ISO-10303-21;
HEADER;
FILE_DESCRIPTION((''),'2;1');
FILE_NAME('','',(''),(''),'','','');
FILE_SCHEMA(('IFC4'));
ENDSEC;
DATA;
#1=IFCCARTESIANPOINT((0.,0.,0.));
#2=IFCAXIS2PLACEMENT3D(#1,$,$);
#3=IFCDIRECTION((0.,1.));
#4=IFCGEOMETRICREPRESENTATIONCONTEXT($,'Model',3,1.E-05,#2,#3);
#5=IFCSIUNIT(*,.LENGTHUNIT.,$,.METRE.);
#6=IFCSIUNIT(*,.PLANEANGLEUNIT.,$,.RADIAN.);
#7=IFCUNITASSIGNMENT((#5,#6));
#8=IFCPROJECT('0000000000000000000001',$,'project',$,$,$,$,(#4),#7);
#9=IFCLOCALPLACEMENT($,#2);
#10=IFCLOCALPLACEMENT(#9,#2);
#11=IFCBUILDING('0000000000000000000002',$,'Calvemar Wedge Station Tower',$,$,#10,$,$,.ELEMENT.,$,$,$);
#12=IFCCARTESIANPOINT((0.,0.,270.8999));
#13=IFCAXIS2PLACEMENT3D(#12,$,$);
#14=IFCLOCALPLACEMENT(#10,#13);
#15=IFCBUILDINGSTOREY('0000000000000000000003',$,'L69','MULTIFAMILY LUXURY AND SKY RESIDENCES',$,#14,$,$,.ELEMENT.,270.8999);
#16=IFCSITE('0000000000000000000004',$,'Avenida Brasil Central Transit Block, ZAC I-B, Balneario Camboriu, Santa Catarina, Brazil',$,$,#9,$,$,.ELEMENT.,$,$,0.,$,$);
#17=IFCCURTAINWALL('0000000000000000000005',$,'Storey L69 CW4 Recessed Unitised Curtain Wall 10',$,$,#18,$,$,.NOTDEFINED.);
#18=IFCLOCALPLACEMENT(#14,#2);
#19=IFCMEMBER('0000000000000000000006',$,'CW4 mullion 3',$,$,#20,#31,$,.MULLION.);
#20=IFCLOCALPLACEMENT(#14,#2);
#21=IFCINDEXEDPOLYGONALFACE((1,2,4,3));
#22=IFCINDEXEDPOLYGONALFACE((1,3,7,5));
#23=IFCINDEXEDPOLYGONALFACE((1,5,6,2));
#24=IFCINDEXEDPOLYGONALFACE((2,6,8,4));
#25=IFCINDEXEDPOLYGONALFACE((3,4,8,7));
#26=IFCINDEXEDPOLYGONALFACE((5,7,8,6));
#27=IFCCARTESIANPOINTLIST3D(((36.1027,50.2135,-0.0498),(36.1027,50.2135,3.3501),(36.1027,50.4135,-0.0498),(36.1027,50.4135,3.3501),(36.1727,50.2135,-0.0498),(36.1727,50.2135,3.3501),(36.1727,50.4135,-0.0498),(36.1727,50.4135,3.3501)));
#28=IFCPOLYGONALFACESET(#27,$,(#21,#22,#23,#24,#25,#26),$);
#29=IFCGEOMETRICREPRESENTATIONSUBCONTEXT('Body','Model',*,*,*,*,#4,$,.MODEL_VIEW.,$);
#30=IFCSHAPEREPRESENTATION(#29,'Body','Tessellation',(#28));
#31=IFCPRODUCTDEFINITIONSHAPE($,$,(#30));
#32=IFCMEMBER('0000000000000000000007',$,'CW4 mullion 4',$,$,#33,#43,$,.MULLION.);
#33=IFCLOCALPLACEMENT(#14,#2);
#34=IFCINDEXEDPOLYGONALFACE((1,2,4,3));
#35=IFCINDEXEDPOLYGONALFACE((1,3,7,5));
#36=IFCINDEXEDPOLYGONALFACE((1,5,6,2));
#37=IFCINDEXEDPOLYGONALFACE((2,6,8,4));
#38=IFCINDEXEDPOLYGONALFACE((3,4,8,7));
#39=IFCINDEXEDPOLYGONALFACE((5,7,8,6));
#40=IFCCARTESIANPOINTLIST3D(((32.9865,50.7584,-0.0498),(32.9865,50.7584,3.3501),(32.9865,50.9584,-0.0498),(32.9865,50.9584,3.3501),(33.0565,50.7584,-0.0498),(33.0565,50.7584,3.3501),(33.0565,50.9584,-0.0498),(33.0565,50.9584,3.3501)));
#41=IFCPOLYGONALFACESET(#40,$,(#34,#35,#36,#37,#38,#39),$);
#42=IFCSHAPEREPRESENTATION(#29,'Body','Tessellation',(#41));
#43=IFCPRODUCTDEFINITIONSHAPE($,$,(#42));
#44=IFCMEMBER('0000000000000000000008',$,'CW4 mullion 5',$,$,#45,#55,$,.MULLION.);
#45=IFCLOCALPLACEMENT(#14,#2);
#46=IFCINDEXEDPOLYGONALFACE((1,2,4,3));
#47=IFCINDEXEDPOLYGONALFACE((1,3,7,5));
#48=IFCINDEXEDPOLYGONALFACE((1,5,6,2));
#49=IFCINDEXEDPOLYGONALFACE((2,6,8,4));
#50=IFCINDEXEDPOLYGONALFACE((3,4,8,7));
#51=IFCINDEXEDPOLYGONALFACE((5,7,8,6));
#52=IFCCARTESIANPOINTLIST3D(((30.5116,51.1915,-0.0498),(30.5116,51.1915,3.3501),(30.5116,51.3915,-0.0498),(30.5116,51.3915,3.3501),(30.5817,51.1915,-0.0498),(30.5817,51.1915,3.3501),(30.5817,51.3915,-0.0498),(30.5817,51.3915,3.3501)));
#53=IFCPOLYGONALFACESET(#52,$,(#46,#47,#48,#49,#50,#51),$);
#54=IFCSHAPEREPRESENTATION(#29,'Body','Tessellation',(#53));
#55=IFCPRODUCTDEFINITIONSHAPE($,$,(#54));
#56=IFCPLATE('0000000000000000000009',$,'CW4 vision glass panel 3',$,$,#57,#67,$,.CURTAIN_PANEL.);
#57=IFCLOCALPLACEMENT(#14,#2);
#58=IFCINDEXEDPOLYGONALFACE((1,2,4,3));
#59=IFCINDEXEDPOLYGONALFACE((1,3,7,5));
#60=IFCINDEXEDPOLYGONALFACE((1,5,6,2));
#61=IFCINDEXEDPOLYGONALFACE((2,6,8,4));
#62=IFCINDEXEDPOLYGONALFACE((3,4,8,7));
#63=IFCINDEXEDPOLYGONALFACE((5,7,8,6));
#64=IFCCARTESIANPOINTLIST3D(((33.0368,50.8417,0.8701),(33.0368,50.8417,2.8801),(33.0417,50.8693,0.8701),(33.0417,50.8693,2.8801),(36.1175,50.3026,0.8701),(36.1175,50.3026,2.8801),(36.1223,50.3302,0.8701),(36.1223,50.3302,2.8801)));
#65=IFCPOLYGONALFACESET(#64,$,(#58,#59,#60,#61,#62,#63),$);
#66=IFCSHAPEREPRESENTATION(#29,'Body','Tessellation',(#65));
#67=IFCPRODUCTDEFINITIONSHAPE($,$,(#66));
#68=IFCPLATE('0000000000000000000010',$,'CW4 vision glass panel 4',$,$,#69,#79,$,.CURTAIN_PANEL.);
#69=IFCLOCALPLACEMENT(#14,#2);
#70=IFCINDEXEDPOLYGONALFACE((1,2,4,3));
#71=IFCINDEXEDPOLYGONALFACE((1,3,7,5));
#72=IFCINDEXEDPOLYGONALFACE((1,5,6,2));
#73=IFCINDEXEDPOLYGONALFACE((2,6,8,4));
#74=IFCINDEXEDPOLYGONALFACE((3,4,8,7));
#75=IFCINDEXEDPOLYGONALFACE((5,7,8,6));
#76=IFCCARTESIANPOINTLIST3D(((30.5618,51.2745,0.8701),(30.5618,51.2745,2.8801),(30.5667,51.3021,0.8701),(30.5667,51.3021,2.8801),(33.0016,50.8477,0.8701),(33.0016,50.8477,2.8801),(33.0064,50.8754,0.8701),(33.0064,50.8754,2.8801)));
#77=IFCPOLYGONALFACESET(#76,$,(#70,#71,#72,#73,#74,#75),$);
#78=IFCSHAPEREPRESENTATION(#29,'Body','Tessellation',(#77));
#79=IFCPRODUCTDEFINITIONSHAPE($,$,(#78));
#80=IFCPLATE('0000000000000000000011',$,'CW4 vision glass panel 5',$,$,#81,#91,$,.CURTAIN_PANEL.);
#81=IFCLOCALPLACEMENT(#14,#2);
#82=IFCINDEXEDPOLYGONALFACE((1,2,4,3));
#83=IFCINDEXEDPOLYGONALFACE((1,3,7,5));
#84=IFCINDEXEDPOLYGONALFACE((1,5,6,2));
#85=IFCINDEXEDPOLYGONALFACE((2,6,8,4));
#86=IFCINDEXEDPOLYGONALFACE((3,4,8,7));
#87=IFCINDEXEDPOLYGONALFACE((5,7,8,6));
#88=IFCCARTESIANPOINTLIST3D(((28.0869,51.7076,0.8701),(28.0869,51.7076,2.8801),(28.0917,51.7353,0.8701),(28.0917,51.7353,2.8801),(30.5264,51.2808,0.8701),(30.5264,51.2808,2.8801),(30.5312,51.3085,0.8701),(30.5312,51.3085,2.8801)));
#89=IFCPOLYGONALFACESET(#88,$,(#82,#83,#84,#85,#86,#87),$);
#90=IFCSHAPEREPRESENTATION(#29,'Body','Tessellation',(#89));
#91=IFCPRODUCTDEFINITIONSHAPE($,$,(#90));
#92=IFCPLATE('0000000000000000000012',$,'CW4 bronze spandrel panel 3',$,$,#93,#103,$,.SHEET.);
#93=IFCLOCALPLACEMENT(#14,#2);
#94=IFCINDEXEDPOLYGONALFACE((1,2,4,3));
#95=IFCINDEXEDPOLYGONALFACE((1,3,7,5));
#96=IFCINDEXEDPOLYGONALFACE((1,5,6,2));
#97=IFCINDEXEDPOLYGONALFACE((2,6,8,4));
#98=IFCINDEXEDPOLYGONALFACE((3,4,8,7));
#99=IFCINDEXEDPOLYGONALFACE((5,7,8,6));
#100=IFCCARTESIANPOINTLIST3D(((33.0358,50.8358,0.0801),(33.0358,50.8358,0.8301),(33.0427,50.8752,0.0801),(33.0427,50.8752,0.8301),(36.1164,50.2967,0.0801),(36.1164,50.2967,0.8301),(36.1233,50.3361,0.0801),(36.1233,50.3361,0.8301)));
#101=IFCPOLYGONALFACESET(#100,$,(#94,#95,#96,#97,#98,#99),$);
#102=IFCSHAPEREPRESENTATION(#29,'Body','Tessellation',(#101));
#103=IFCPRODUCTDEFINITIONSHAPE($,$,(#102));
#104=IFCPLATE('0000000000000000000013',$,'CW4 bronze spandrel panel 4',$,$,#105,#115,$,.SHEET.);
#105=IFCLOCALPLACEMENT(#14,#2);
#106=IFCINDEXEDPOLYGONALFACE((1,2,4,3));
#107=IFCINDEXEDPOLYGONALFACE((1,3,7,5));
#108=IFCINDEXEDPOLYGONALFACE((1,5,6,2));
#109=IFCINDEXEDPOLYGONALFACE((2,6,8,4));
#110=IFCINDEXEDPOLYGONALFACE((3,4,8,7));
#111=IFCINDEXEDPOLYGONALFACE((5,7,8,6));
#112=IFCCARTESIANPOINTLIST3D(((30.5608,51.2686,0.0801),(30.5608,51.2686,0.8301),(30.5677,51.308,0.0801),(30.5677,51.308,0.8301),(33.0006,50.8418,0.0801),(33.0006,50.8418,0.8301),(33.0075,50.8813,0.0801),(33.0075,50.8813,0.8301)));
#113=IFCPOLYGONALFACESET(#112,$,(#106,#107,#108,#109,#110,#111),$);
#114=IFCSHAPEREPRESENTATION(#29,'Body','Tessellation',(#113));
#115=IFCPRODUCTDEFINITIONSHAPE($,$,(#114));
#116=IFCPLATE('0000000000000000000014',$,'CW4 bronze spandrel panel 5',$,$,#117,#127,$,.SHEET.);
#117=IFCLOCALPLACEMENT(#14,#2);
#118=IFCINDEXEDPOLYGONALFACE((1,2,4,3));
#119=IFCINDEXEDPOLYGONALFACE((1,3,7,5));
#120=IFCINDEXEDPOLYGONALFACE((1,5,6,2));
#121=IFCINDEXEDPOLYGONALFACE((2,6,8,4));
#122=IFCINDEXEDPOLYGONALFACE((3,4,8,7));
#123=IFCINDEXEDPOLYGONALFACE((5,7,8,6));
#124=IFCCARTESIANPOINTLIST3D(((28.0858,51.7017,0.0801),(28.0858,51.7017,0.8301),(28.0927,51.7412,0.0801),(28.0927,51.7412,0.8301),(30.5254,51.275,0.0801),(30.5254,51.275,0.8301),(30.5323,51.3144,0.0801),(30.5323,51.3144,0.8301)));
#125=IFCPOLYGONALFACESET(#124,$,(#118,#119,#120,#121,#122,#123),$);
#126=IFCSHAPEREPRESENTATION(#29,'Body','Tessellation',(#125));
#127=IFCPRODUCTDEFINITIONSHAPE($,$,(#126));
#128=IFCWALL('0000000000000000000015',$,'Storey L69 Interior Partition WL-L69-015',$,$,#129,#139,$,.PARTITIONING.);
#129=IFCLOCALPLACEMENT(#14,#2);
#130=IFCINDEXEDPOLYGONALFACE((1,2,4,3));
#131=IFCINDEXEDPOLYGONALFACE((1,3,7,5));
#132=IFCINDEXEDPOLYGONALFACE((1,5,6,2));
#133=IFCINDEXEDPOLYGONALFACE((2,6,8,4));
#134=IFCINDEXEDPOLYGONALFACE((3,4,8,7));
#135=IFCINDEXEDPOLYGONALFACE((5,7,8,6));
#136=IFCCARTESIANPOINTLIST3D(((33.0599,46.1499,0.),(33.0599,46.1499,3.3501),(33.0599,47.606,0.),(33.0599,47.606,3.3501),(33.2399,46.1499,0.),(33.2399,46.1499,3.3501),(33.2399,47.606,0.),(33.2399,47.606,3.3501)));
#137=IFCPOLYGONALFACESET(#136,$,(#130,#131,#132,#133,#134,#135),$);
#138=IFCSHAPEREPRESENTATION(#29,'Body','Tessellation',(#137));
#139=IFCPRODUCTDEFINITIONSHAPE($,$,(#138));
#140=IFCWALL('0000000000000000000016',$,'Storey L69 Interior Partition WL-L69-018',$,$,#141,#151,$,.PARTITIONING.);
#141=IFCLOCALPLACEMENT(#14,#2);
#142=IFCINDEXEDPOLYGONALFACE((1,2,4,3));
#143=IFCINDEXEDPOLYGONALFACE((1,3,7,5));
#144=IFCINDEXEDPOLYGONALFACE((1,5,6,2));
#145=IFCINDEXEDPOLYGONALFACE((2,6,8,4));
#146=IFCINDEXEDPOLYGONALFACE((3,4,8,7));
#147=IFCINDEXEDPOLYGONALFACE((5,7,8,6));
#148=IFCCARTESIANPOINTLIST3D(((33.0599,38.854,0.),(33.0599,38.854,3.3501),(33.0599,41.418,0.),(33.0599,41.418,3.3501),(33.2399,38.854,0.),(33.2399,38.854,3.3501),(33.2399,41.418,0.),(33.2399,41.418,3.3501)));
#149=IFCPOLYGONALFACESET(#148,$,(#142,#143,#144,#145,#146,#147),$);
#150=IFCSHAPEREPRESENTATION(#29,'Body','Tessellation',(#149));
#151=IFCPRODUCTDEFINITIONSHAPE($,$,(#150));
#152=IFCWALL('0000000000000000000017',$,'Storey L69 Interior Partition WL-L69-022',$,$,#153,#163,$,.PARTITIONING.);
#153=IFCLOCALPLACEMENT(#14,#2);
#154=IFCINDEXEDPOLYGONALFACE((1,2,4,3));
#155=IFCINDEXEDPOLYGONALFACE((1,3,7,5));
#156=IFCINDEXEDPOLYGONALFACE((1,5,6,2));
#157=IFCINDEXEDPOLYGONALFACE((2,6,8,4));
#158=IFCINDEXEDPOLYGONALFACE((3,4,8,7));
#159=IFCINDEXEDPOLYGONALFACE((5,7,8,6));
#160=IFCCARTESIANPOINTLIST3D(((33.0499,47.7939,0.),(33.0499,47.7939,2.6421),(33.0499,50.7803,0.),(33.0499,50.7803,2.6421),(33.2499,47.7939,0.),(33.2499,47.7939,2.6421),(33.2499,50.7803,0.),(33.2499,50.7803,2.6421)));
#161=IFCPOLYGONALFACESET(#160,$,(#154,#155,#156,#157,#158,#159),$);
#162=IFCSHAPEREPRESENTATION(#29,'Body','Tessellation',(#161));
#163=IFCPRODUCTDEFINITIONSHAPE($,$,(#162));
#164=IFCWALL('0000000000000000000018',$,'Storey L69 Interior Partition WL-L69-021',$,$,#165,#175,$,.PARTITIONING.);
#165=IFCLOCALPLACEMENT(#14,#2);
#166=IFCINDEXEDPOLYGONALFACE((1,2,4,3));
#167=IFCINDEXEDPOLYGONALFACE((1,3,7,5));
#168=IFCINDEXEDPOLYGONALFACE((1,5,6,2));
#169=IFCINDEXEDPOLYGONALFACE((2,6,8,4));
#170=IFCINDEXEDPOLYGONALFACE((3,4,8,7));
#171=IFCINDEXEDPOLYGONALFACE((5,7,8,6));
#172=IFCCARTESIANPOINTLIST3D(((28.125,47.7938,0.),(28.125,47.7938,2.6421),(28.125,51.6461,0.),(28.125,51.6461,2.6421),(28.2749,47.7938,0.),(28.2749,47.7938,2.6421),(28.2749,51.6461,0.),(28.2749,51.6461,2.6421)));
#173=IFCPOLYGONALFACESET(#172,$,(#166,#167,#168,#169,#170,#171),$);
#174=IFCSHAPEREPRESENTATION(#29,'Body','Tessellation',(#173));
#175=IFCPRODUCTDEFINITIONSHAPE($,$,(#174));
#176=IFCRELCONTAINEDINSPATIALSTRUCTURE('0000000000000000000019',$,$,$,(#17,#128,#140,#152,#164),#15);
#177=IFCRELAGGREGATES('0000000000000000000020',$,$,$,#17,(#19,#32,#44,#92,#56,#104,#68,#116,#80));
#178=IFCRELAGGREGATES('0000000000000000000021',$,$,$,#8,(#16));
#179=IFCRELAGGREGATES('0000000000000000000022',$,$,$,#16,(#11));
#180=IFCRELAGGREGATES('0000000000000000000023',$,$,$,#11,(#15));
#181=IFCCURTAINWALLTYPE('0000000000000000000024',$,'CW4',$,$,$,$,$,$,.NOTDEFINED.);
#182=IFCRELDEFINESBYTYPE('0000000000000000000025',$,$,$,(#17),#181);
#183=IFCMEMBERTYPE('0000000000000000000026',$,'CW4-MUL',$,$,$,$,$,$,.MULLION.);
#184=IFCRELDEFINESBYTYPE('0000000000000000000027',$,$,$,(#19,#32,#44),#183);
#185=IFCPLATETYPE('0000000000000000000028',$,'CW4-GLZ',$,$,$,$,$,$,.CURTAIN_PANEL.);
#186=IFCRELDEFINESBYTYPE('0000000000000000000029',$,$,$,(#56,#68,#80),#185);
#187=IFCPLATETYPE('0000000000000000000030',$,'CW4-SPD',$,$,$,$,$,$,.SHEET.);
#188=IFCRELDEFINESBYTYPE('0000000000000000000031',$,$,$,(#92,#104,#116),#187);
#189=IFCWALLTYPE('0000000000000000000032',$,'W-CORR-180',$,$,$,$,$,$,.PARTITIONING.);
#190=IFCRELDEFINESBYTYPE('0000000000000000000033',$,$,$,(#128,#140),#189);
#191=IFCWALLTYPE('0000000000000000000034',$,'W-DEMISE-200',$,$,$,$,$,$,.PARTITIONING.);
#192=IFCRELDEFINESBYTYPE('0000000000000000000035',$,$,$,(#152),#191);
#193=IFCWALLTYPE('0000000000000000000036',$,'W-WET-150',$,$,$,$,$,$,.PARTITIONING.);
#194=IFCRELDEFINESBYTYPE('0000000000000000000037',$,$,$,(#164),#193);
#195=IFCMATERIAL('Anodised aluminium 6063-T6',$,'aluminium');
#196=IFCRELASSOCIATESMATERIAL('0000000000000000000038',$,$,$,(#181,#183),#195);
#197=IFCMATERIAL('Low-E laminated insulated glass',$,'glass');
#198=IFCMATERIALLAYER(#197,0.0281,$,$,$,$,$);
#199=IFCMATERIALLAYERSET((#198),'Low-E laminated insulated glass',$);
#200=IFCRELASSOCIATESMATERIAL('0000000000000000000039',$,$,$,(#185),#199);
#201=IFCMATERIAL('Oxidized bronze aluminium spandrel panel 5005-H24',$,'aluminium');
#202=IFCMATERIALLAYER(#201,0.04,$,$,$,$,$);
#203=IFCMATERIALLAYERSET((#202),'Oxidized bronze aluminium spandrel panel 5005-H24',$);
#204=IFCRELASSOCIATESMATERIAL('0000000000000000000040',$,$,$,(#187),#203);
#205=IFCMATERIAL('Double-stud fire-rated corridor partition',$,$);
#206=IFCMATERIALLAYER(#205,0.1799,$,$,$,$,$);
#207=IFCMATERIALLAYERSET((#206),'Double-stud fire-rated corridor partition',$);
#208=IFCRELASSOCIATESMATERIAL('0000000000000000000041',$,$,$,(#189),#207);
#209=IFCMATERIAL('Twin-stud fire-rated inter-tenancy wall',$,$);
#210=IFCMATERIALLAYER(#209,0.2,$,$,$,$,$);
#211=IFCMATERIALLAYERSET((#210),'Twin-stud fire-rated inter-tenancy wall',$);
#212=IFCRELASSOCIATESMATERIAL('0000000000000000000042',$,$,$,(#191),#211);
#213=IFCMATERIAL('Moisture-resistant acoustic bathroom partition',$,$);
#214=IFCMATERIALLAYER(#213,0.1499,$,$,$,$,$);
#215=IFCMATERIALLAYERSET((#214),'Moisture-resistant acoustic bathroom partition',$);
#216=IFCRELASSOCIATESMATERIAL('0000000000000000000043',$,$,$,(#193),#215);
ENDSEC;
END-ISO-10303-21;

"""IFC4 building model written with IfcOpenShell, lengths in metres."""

from ifc_helpers import new_model, si_unit, direction, frame, frame_2d, origin, origin_2d, place, context, subcontext, project, spatial, rectangle, extrude, source, transform, mapped, material, layer, layer_set, material_profile, profile_set, type_object, element, aggregate, save


model = new_model("IFC4")

# Units and contexts
model_context = context("Model", 3, precision=1e-05, world=origin(), true_north=direction((0.0, 1.0)))
body_context = subcontext(model_context, "Body", "Model", "MODEL_VIEW")
ifc_project = project(units=[si_unit("LENGTHUNIT", "METRE"), si_unit("PLANEANGLEUNIT", "RADIAN")], contexts=[model_context])

# Site, building, storey
site_placement = place(None, origin())
site = spatial("IfcSite", under=ifc_project, at=site_placement, Name="Avenida Brasil Central Transit Block, ZAC I-B, Balneario Camboriu, Santa Catarina, Brazil", CompositionType="ELEMENT", RefElevation=0.0)
building_placement = place(site_placement, origin())
building = spatial("IfcBuilding", under=site, at=building_placement, Name="Calvemar Wedge Station Tower", CompositionType="ELEMENT")
storey_placement = place(building_placement, frame((0.0, 0.0, 270.8999)))
storey = spatial("IfcBuildingStorey", under=building, at=storey_placement, Name="L69", Description="MULTIFAMILY LUXURY AND SKY RESIDENCES", CompositionType="ELEMENT", Elevation=270.8999)

# Curtain wall, members, plates
ifc_material_1 = material(Name="Anodised aluminium 6063-T6", Category="aluminium")
curtain_wall_type = type_object("IfcCurtainWallType", Name="CW4", PredefinedType="NOTDEFINED", material=ifc_material_1)
curtain_wall_placement = place(storey_placement, origin())
curtain_wall = element("IfcCurtainWall", 1, at=curtain_wall_placement, inside=storey, type_object=curtain_wall_type, Name="Storey L69 CW4 Recessed Unitised Curtain Wall 10", PredefinedType="NOTDEFINED")
ifc_material_profile_1 = material_profile(ifc_material_1, rectangle(XDim=0.0701, YDim=0.2, at=origin_2d()), Name="AL-MUL-70x200")
ifc_profile_set_1 = profile_set([ifc_material_profile_1], Name="Anodised aluminium 6063-T6")
member_type = type_object("IfcMemberType", Name="CW4-MUL", PredefinedType="MULLION", material=ifc_profile_set_1)
shared_shape_1 = source(origin(), body_context, "Body", "SweptSolid", [
    extrude(rectangle(XDim=0.0701, YDim=0.2, at=origin_2d()), origin(), (0.0, 0.0, 1.0), 3.3999),
])
member_1_placement = place(storey_placement, frame((36.1377, 50.3135, -0.0498), z_axis=(0.0, 0.0, 1.0), x_axis=(1.0, 0.0, 0.0)))
member_1 = element("IfcMember", 2, at=member_1_placement, type_object=member_type, Name="CW4 mullion 3", PredefinedType="MULLION", context=body_context, shape_type="MappedRepresentation", body=[
    mapped(shared_shape_1, transform((0.0, 0.0, 0.0), scale=1.0)),
])
member_2_placement = place(storey_placement, frame((33.0215, 50.8584, -0.0498), z_axis=(0.0, 0.0, 1.0), x_axis=(1.0, 0.0, 0.0)))
member_2 = element("IfcMember", 3, at=member_2_placement, type_object=member_type, Name="CW4 mullion 4", PredefinedType="MULLION", context=body_context, shape_type="MappedRepresentation", body=[
    mapped(shared_shape_1, transform((0.0, 0.0, 0.0), scale=1.0)),
])
member_3_placement = place(storey_placement, frame((30.5466, 51.2915, -0.0498), z_axis=(0.0, 0.0, 1.0), x_axis=(1.0, 0.0, 0.0)))
member_3 = element("IfcMember", 4, at=member_3_placement, type_object=member_type, Name="CW4 mullion 5", PredefinedType="MULLION", context=body_context, shape_type="MappedRepresentation", body=[
    mapped(shared_shape_1, transform((0.0, 0.0, 0.0), scale=1.0)),
])
ifc_material_2 = material(Name="Low-E laminated insulated glass", Category="glass")
ifc_layer_1 = layer(ifc_material_2, 0.0281)
ifc_layer_set_1 = layer_set([ifc_layer_1], Name="Low-E laminated insulated glass")
plate_type_1 = type_object("IfcPlateType", Name="CW4-GLZ", PredefinedType="CURTAIN_PANEL", material=ifc_layer_set_1)
plate_1_placement = place(storey_placement, frame((36.1199, 50.3164, 0.8701), z_axis=(0.0, 0.0, 1.0), x_axis=(-0.985032, 0.172369, 0.0)))
plate_1 = element("IfcPlate", 5, at=plate_1_placement, type_object=plate_type_1, Name="CW4 vision glass panel 3", PredefinedType="CURTAIN_PANEL", context=body_context, shape_type="SweptSolid", body=[
    extrude(rectangle(XDim=3.1274, YDim=0.0281, at=frame_2d((1.5637, 0.0))), origin(), (0.0, 0.0, 1.0), 2.01),
])
plate_2_placement = place(storey_placement, frame((33.0039, 50.8616, 0.8701), z_axis=(0.0, 0.0, 1.0), x_axis=(-0.985043, 0.172306, 0.0)))
plate_2 = element("IfcPlate", 6, at=plate_2_placement, type_object=plate_type_1, Name="CW4 vision glass panel 4", PredefinedType="CURTAIN_PANEL", context=body_context, shape_type="SweptSolid", body=[
    extrude(rectangle(XDim=2.4768, YDim=0.0281, at=frame_2d((1.2383, 0.0))), origin(), (0.0, 0.0, 1.0), 2.01),
])
plate_3_placement = place(storey_placement, frame((30.5288, 51.2947, 0.8701), z_axis=(0.0, 0.0, 1.0), x_axis=(-0.985041, 0.172323, 0.0)))
plate_3 = element("IfcPlate", 7, at=plate_3_placement, type_object=plate_type_1, Name="CW4 vision glass panel 5", PredefinedType="CURTAIN_PANEL", context=body_context, shape_type="SweptSolid", body=[
    extrude(rectangle(XDim=2.4766, YDim=0.0281, at=frame_2d((1.2383, 0.0))), origin(), (0.0, 0.0, 1.0), 2.01),
])
ifc_material_3 = material(Name="Oxidized bronze aluminium spandrel panel 5005-H24", Category="aluminium")
ifc_layer_2 = layer(ifc_material_3, 0.04)
ifc_layer_set_2 = layer_set([ifc_layer_2], Name="Oxidized bronze aluminium spandrel panel 5005-H24")
plate_type_2 = type_object("IfcPlateType", Name="CW4-SPD", PredefinedType="SHEET", material=ifc_layer_set_2)
plate_4_placement = place(storey_placement, frame((36.1199, 50.3164, 0.0801), z_axis=(0.0, 0.0, 1.0), x_axis=(-0.985032, 0.172369, 0.0)))
plate_4 = element("IfcPlate", 8, at=plate_4_placement, type_object=plate_type_2, Name="CW4 bronze spandrel panel 3", PredefinedType="SHEET", context=body_context, shape_type="SweptSolid", body=[
    extrude(rectangle(XDim=3.1274, YDim=0.04, at=frame_2d((1.5637, 0.0))), origin(), (0.0, 0.0, 1.0), 0.75),
])
plate_5_placement = place(storey_placement, frame((33.0039, 50.8616, 0.0801), z_axis=(0.0, 0.0, 1.0), x_axis=(-0.985043, 0.172306, 0.0)))
plate_5 = element("IfcPlate", 9, at=plate_5_placement, type_object=plate_type_2, Name="CW4 bronze spandrel panel 4", PredefinedType="SHEET", context=body_context, shape_type="SweptSolid", body=[
    extrude(rectangle(XDim=2.4768, YDim=0.04, at=frame_2d((1.2383, 0.0))), origin(), (0.0, 0.0, 1.0), 0.75),
])
plate_6_placement = place(storey_placement, frame((30.5288, 51.2947, 0.0801), z_axis=(0.0, 0.0, 1.0), x_axis=(-0.985041, 0.172323, 0.0)))
plate_6 = element("IfcPlate", 10, at=plate_6_placement, type_object=plate_type_2, Name="CW4 bronze spandrel panel 5", PredefinedType="SHEET", context=body_context, shape_type="SweptSolid", body=[
    extrude(rectangle(XDim=2.4766, YDim=0.04, at=frame_2d((1.2383, 0.0))), origin(), (0.0, 0.0, 1.0), 0.75),
])
aggregate(curtain_wall, [member_1, member_2, member_3, plate_4, plate_1, plate_5, plate_2, plate_6, plate_3])

# Shared definitions
ifc_material_4 = material(Name="Double-stud fire-rated corridor partition")
ifc_layer_3 = layer(ifc_material_4, 0.1799)
ifc_layer_set_3 = layer_set([ifc_layer_3], Name="Double-stud fire-rated corridor partition")
wall_type_1 = type_object("IfcWallType", Name="W-CORR-180", PredefinedType="PARTITIONING", material=ifc_layer_set_3)

# Wall
wall_1_placement = place(storey_placement, frame((33.1499, 47.606, 0.0), z_axis=(0.0, 0.0, 1.0), x_axis=(0.0, -1.0, 0.0)))
element("IfcWall", 11, at=wall_1_placement, inside=storey, type_object=wall_type_1, Name="Storey L69 Interior Partition WL-L69-015", PredefinedType="PARTITIONING", context=body_context, shape_type="SweptSolid", body=[
    extrude(rectangle(XDim=1.4561, YDim=0.1799, at=frame_2d((0.728, 0.0))), origin(), (0.0, 0.0, 1.0), 3.3501),
])

# Walls
wall_2_placement = place(storey_placement, frame((33.1499, 41.418, 0.0), z_axis=(0.0, 0.0, 1.0), x_axis=(0.0, -1.0, 0.0)))
element("IfcWall", 12, at=wall_2_placement, inside=storey, type_object=wall_type_1, Name="Storey L69 Interior Partition WL-L69-018", PredefinedType="PARTITIONING", context=body_context, shape_type="SweptSolid", body=[
    extrude(rectangle(XDim=2.564, YDim=0.1799, at=frame_2d((1.282, 0.0))), origin(), (0.0, 0.0, 1.0), 3.3501),
])
ifc_material_5 = material(Name="Twin-stud fire-rated inter-tenancy wall")
ifc_layer_4 = layer(ifc_material_5, 0.2)
ifc_layer_set_4 = layer_set([ifc_layer_4], Name="Twin-stud fire-rated inter-tenancy wall")
wall_type_2 = type_object("IfcWallType", Name="W-DEMISE-200", PredefinedType="PARTITIONING", material=ifc_layer_set_4)
wall_3_placement = place(storey_placement, frame((33.1499, 50.7803, 0.0), z_axis=(0.0, 0.0, 1.0), x_axis=(0.0, -1.0, 0.0)))
element("IfcWall", 13, at=wall_3_placement, inside=storey, type_object=wall_type_2, Name="Storey L69 Interior Partition WL-L69-022", PredefinedType="PARTITIONING", context=body_context, shape_type="SweptSolid", body=[
    extrude(rectangle(XDim=2.9863, YDim=0.2, at=frame_2d((1.4932, 0.0))), origin(), (0.0, 0.0, 1.0), 2.6421),
])
ifc_material_6 = material(Name="Moisture-resistant acoustic bathroom partition")
ifc_layer_5 = layer(ifc_material_6, 0.1499)
ifc_layer_set_5 = layer_set([ifc_layer_5], Name="Moisture-resistant acoustic bathroom partition")
wall_type_3 = type_object("IfcWallType", Name="W-WET-150", PredefinedType="PARTITIONING", material=ifc_layer_set_5)
wall_4_placement = place(storey_placement, frame((28.2, 51.6462, 0.0), z_axis=(0.0, 0.0, 1.0), x_axis=(0.0, -1.0, 0.0)))
element("IfcWall", 14, at=wall_4_placement, inside=storey, type_object=wall_type_3, Name="Storey L69 Interior Partition WL-L69-021", PredefinedType="PARTITIONING", context=body_context, shape_type="SweptSolid", body=[
    extrude(rectangle(XDim=3.8523, YDim=0.1499, at=frame_2d((1.9263, 0.0))), origin(), (0.0, 0.0, 1.0), 2.6421),
])

save(model, "model.ifc")
